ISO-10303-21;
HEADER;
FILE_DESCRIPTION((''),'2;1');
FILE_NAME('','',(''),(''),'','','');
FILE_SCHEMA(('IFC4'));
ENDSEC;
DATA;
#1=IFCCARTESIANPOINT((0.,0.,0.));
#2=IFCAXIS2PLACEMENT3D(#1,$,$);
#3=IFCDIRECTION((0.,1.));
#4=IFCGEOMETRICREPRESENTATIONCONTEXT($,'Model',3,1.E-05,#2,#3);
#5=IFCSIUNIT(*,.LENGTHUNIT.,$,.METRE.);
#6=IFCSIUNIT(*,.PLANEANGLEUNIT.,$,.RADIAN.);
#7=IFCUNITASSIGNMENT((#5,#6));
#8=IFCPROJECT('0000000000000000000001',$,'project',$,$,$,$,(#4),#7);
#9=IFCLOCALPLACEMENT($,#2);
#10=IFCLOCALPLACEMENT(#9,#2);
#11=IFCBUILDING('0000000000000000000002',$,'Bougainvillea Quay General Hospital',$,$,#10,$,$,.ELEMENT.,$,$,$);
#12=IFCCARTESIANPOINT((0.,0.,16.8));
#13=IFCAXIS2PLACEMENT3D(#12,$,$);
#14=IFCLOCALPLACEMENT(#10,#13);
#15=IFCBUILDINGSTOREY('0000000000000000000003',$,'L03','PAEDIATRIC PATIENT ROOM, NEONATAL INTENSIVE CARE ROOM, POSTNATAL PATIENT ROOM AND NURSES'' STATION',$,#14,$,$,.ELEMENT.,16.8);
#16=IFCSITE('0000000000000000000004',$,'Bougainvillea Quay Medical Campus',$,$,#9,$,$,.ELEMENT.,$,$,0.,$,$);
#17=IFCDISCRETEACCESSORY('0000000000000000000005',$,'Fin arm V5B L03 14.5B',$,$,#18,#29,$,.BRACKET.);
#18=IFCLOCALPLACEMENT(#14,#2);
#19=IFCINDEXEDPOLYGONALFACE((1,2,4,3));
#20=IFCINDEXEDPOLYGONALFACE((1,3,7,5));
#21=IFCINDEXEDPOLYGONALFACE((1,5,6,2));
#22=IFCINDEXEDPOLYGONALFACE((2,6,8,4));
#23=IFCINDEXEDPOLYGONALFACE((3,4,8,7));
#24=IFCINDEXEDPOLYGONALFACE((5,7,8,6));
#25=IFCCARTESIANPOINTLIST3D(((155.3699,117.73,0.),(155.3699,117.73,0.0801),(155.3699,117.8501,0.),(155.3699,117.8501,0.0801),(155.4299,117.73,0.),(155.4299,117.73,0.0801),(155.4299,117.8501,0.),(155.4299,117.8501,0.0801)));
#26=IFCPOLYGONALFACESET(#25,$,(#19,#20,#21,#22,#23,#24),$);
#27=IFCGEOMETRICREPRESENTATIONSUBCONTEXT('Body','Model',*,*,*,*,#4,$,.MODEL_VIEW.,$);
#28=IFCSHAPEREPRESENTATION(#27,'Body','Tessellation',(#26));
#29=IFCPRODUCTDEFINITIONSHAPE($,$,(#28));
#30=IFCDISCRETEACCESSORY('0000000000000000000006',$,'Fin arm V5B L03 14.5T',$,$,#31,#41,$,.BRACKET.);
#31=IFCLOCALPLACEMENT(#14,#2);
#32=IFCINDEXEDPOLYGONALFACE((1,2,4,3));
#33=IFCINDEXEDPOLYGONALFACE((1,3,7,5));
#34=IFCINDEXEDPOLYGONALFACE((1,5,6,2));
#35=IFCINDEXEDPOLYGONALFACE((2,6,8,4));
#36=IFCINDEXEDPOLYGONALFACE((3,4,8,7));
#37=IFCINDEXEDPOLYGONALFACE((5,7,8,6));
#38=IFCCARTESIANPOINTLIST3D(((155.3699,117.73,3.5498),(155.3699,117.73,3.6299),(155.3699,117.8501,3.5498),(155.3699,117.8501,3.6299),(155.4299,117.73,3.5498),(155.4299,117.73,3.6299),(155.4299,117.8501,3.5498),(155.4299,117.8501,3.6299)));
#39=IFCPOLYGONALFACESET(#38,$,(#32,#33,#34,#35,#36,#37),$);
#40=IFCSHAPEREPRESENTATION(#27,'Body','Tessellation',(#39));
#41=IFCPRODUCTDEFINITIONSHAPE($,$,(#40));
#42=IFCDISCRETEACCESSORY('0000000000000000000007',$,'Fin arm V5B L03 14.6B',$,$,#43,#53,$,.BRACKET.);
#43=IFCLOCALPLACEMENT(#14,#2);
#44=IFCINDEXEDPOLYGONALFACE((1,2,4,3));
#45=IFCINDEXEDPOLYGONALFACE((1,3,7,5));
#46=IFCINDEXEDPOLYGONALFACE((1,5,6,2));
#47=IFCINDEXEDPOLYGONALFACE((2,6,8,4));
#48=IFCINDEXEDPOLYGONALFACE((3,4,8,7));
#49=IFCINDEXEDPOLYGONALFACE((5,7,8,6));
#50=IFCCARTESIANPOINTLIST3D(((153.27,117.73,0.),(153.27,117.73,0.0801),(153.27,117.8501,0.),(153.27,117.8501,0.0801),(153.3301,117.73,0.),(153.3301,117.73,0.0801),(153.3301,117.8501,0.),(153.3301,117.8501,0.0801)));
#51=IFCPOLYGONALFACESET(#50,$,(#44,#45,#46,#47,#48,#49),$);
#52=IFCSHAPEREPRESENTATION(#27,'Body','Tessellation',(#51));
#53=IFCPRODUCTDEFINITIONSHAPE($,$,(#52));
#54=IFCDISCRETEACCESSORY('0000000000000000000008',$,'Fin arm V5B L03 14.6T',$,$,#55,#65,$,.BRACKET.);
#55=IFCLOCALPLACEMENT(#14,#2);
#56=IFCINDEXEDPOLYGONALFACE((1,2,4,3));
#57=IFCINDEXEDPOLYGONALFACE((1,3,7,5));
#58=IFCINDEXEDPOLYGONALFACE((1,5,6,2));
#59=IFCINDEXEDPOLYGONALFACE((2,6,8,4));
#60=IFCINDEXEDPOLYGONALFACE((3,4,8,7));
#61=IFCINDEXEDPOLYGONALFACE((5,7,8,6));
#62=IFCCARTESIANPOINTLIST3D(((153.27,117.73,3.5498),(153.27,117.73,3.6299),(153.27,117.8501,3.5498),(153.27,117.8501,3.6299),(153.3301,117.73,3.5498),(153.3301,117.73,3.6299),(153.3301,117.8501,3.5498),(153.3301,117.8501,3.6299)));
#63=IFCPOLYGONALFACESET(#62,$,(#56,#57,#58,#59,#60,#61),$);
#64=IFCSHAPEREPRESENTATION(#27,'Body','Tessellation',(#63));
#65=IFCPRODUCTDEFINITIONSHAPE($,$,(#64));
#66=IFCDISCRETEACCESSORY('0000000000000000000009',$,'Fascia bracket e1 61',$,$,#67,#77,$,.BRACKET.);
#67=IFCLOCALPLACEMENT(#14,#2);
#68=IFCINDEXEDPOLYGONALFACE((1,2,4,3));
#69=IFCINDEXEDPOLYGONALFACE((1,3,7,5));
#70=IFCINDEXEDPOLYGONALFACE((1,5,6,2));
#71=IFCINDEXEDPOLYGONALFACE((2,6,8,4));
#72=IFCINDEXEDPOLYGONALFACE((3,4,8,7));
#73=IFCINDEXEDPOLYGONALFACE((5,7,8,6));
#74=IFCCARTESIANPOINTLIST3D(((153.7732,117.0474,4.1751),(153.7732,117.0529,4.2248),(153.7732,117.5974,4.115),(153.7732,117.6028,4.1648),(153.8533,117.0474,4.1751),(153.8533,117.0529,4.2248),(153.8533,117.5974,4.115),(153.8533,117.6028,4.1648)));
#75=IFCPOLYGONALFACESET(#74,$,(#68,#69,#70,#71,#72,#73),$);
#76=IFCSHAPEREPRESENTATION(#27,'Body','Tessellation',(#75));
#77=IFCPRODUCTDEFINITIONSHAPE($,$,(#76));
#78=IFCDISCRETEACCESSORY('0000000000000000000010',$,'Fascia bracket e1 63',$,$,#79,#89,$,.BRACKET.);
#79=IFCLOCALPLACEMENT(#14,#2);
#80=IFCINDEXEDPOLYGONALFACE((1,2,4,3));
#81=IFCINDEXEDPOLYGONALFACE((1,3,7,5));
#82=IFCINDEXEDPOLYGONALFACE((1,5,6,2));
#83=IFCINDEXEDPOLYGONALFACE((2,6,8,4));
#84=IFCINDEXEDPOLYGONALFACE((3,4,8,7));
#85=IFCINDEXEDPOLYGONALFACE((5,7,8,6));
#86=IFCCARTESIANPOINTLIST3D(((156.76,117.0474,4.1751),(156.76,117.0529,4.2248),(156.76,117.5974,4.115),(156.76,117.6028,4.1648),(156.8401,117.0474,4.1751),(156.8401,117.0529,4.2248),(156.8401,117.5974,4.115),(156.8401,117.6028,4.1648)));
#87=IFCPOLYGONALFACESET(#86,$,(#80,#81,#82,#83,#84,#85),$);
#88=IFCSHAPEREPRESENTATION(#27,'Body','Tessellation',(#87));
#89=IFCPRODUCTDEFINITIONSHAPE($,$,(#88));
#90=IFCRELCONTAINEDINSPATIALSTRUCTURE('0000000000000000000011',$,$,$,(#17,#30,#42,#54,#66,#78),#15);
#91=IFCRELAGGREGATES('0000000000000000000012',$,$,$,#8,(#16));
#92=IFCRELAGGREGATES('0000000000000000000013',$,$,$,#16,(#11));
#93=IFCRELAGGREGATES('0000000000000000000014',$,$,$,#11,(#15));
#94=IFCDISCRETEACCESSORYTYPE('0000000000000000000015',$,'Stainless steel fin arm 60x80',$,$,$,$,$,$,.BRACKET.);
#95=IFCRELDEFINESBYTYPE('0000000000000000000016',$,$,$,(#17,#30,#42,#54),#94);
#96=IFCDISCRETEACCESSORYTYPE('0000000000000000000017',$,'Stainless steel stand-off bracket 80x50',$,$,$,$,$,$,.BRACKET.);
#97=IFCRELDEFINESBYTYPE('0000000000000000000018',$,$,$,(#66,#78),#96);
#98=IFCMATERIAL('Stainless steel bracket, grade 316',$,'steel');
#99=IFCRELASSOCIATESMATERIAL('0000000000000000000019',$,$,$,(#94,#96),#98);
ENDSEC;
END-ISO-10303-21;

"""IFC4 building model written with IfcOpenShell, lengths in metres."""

from ifc_helpers import new_model, si_unit, direction, frame, origin, origin_2d, place, context, subcontext, project, spatial, rectangle, extrude, material, material_profile, profile_set, type_object, element, save


model = new_model("IFC4")

# Units and contexts
model_context = context("Model", 3, precision=1e-05, world=origin(), true_north=direction((0.0, 1.0)))
body_context = subcontext(model_context, "Body", "Model", "MODEL_VIEW")
ifc_project = project(units=[si_unit("LENGTHUNIT", "METRE"), si_unit("PLANEANGLEUNIT", "RADIAN")], contexts=[model_context])

# Site, building, storey
site_placement = place(None, origin())
site = spatial("IfcSite", under=ifc_project, at=site_placement, Name="Bougainvillea Quay Medical Campus", CompositionType="ELEMENT", RefElevation=0.0)
building_placement = place(site_placement, origin())
building = spatial("IfcBuilding", under=site, at=building_placement, Name="Bougainvillea Quay General Hospital", CompositionType="ELEMENT")
storey_placement = place(building_placement, frame((0.0, 0.0, 16.8)))
storey = spatial("IfcBuildingStorey", under=building, at=storey_placement, Name="L03", Description="PAEDIATRIC PATIENT ROOM, NEONATAL INTENSIVE CARE ROOM, POSTNATAL PATIENT ROOM AND NURSES' STATION", CompositionType="ELEMENT", Elevation=16.8)

# Discrete accessories
ifc_material_1 = material(Name="Stainless steel bracket, grade 316", Category="steel")
discrete_accessory_type_1 = type_object("IfcDiscreteAccessoryType", Name="Stainless steel fin arm 60x80", PredefinedType="BRACKET", material=ifc_material_1)
for number, where, z_axis, x_axis, name in (
    (1, (155.3999, 117.79, 0.0), (0.0, 0.0, 1.0), (0.0, -1.0, 0.0), "Fin arm V5B L03 14.5B"),
    (2, (155.3999, 117.79, 3.5498), (0.0, 0.0, 1.0), (0.0, -1.0, 0.0), "Fin arm V5B L03 14.5T"),
    (3, (153.3, 117.79, 0.0), (0.0, 0.0, 1.0), (0.0, -1.0, 0.0), "Fin arm V5B L03 14.6B"),
    (4, (153.3, 117.79, 3.5498), (0.0, 0.0, 1.0), (0.0, -1.0, 0.0), "Fin arm V5B L03 14.6T"),
):
    element("IfcDiscreteAccessory", number, at=place(storey_placement, frame(where, z_axis=z_axis, x_axis=x_axis)), inside=storey, type_object=discrete_accessory_type_1, Name=name, PredefinedType="BRACKET", context=body_context, shape_type="SweptSolid", body=[
        extrude(rectangle(XDim=0.1201, YDim=0.0601, at=origin_2d()), origin(), (0.0, 0.0, 1.0), 0.0801),
    ])
ifc_material_profile_1 = material_profile(ifc_material_1, rectangle(XDim=0.0801, YDim=0.05, at=origin_2d()))
ifc_profile_set_1 = profile_set([ifc_material_profile_1], Name="Stainless steel bracket, grade 316")
discrete_accessory_type_2 = type_object("IfcDiscreteAccessoryType", Name="Stainless steel stand-off bracket 80x50", PredefinedType="BRACKET", material=ifc_profile_set_1)
for number, where, z_axis, x_axis, name in (
    (5, (153.8132, 117.6001, 4.1399), (0.0, -0.994092, 0.108543), (1.0, 0.0, 0.0), "Fascia bracket e1 61"),
    (6, (156.8, 117.6001, 4.1399), (0.0, -0.994092, 0.108543), (1.0, 0.0, 0.0), "Fascia bracket e1 63"),
):
    element("IfcDiscreteAccessory", number, at=place(storey_placement, frame(where, z_axis=z_axis, x_axis=x_axis)), inside=storey, type_object=discrete_accessory_type_2, Name=name, PredefinedType="BRACKET", context=body_context, shape_type="SweptSolid", body=[
        extrude(rectangle(XDim=0.0801, YDim=0.05, at=origin_2d()), origin(), (0.0, 0.0, 1.0), 0.5532),
    ])

save(model, "model.ifc")
